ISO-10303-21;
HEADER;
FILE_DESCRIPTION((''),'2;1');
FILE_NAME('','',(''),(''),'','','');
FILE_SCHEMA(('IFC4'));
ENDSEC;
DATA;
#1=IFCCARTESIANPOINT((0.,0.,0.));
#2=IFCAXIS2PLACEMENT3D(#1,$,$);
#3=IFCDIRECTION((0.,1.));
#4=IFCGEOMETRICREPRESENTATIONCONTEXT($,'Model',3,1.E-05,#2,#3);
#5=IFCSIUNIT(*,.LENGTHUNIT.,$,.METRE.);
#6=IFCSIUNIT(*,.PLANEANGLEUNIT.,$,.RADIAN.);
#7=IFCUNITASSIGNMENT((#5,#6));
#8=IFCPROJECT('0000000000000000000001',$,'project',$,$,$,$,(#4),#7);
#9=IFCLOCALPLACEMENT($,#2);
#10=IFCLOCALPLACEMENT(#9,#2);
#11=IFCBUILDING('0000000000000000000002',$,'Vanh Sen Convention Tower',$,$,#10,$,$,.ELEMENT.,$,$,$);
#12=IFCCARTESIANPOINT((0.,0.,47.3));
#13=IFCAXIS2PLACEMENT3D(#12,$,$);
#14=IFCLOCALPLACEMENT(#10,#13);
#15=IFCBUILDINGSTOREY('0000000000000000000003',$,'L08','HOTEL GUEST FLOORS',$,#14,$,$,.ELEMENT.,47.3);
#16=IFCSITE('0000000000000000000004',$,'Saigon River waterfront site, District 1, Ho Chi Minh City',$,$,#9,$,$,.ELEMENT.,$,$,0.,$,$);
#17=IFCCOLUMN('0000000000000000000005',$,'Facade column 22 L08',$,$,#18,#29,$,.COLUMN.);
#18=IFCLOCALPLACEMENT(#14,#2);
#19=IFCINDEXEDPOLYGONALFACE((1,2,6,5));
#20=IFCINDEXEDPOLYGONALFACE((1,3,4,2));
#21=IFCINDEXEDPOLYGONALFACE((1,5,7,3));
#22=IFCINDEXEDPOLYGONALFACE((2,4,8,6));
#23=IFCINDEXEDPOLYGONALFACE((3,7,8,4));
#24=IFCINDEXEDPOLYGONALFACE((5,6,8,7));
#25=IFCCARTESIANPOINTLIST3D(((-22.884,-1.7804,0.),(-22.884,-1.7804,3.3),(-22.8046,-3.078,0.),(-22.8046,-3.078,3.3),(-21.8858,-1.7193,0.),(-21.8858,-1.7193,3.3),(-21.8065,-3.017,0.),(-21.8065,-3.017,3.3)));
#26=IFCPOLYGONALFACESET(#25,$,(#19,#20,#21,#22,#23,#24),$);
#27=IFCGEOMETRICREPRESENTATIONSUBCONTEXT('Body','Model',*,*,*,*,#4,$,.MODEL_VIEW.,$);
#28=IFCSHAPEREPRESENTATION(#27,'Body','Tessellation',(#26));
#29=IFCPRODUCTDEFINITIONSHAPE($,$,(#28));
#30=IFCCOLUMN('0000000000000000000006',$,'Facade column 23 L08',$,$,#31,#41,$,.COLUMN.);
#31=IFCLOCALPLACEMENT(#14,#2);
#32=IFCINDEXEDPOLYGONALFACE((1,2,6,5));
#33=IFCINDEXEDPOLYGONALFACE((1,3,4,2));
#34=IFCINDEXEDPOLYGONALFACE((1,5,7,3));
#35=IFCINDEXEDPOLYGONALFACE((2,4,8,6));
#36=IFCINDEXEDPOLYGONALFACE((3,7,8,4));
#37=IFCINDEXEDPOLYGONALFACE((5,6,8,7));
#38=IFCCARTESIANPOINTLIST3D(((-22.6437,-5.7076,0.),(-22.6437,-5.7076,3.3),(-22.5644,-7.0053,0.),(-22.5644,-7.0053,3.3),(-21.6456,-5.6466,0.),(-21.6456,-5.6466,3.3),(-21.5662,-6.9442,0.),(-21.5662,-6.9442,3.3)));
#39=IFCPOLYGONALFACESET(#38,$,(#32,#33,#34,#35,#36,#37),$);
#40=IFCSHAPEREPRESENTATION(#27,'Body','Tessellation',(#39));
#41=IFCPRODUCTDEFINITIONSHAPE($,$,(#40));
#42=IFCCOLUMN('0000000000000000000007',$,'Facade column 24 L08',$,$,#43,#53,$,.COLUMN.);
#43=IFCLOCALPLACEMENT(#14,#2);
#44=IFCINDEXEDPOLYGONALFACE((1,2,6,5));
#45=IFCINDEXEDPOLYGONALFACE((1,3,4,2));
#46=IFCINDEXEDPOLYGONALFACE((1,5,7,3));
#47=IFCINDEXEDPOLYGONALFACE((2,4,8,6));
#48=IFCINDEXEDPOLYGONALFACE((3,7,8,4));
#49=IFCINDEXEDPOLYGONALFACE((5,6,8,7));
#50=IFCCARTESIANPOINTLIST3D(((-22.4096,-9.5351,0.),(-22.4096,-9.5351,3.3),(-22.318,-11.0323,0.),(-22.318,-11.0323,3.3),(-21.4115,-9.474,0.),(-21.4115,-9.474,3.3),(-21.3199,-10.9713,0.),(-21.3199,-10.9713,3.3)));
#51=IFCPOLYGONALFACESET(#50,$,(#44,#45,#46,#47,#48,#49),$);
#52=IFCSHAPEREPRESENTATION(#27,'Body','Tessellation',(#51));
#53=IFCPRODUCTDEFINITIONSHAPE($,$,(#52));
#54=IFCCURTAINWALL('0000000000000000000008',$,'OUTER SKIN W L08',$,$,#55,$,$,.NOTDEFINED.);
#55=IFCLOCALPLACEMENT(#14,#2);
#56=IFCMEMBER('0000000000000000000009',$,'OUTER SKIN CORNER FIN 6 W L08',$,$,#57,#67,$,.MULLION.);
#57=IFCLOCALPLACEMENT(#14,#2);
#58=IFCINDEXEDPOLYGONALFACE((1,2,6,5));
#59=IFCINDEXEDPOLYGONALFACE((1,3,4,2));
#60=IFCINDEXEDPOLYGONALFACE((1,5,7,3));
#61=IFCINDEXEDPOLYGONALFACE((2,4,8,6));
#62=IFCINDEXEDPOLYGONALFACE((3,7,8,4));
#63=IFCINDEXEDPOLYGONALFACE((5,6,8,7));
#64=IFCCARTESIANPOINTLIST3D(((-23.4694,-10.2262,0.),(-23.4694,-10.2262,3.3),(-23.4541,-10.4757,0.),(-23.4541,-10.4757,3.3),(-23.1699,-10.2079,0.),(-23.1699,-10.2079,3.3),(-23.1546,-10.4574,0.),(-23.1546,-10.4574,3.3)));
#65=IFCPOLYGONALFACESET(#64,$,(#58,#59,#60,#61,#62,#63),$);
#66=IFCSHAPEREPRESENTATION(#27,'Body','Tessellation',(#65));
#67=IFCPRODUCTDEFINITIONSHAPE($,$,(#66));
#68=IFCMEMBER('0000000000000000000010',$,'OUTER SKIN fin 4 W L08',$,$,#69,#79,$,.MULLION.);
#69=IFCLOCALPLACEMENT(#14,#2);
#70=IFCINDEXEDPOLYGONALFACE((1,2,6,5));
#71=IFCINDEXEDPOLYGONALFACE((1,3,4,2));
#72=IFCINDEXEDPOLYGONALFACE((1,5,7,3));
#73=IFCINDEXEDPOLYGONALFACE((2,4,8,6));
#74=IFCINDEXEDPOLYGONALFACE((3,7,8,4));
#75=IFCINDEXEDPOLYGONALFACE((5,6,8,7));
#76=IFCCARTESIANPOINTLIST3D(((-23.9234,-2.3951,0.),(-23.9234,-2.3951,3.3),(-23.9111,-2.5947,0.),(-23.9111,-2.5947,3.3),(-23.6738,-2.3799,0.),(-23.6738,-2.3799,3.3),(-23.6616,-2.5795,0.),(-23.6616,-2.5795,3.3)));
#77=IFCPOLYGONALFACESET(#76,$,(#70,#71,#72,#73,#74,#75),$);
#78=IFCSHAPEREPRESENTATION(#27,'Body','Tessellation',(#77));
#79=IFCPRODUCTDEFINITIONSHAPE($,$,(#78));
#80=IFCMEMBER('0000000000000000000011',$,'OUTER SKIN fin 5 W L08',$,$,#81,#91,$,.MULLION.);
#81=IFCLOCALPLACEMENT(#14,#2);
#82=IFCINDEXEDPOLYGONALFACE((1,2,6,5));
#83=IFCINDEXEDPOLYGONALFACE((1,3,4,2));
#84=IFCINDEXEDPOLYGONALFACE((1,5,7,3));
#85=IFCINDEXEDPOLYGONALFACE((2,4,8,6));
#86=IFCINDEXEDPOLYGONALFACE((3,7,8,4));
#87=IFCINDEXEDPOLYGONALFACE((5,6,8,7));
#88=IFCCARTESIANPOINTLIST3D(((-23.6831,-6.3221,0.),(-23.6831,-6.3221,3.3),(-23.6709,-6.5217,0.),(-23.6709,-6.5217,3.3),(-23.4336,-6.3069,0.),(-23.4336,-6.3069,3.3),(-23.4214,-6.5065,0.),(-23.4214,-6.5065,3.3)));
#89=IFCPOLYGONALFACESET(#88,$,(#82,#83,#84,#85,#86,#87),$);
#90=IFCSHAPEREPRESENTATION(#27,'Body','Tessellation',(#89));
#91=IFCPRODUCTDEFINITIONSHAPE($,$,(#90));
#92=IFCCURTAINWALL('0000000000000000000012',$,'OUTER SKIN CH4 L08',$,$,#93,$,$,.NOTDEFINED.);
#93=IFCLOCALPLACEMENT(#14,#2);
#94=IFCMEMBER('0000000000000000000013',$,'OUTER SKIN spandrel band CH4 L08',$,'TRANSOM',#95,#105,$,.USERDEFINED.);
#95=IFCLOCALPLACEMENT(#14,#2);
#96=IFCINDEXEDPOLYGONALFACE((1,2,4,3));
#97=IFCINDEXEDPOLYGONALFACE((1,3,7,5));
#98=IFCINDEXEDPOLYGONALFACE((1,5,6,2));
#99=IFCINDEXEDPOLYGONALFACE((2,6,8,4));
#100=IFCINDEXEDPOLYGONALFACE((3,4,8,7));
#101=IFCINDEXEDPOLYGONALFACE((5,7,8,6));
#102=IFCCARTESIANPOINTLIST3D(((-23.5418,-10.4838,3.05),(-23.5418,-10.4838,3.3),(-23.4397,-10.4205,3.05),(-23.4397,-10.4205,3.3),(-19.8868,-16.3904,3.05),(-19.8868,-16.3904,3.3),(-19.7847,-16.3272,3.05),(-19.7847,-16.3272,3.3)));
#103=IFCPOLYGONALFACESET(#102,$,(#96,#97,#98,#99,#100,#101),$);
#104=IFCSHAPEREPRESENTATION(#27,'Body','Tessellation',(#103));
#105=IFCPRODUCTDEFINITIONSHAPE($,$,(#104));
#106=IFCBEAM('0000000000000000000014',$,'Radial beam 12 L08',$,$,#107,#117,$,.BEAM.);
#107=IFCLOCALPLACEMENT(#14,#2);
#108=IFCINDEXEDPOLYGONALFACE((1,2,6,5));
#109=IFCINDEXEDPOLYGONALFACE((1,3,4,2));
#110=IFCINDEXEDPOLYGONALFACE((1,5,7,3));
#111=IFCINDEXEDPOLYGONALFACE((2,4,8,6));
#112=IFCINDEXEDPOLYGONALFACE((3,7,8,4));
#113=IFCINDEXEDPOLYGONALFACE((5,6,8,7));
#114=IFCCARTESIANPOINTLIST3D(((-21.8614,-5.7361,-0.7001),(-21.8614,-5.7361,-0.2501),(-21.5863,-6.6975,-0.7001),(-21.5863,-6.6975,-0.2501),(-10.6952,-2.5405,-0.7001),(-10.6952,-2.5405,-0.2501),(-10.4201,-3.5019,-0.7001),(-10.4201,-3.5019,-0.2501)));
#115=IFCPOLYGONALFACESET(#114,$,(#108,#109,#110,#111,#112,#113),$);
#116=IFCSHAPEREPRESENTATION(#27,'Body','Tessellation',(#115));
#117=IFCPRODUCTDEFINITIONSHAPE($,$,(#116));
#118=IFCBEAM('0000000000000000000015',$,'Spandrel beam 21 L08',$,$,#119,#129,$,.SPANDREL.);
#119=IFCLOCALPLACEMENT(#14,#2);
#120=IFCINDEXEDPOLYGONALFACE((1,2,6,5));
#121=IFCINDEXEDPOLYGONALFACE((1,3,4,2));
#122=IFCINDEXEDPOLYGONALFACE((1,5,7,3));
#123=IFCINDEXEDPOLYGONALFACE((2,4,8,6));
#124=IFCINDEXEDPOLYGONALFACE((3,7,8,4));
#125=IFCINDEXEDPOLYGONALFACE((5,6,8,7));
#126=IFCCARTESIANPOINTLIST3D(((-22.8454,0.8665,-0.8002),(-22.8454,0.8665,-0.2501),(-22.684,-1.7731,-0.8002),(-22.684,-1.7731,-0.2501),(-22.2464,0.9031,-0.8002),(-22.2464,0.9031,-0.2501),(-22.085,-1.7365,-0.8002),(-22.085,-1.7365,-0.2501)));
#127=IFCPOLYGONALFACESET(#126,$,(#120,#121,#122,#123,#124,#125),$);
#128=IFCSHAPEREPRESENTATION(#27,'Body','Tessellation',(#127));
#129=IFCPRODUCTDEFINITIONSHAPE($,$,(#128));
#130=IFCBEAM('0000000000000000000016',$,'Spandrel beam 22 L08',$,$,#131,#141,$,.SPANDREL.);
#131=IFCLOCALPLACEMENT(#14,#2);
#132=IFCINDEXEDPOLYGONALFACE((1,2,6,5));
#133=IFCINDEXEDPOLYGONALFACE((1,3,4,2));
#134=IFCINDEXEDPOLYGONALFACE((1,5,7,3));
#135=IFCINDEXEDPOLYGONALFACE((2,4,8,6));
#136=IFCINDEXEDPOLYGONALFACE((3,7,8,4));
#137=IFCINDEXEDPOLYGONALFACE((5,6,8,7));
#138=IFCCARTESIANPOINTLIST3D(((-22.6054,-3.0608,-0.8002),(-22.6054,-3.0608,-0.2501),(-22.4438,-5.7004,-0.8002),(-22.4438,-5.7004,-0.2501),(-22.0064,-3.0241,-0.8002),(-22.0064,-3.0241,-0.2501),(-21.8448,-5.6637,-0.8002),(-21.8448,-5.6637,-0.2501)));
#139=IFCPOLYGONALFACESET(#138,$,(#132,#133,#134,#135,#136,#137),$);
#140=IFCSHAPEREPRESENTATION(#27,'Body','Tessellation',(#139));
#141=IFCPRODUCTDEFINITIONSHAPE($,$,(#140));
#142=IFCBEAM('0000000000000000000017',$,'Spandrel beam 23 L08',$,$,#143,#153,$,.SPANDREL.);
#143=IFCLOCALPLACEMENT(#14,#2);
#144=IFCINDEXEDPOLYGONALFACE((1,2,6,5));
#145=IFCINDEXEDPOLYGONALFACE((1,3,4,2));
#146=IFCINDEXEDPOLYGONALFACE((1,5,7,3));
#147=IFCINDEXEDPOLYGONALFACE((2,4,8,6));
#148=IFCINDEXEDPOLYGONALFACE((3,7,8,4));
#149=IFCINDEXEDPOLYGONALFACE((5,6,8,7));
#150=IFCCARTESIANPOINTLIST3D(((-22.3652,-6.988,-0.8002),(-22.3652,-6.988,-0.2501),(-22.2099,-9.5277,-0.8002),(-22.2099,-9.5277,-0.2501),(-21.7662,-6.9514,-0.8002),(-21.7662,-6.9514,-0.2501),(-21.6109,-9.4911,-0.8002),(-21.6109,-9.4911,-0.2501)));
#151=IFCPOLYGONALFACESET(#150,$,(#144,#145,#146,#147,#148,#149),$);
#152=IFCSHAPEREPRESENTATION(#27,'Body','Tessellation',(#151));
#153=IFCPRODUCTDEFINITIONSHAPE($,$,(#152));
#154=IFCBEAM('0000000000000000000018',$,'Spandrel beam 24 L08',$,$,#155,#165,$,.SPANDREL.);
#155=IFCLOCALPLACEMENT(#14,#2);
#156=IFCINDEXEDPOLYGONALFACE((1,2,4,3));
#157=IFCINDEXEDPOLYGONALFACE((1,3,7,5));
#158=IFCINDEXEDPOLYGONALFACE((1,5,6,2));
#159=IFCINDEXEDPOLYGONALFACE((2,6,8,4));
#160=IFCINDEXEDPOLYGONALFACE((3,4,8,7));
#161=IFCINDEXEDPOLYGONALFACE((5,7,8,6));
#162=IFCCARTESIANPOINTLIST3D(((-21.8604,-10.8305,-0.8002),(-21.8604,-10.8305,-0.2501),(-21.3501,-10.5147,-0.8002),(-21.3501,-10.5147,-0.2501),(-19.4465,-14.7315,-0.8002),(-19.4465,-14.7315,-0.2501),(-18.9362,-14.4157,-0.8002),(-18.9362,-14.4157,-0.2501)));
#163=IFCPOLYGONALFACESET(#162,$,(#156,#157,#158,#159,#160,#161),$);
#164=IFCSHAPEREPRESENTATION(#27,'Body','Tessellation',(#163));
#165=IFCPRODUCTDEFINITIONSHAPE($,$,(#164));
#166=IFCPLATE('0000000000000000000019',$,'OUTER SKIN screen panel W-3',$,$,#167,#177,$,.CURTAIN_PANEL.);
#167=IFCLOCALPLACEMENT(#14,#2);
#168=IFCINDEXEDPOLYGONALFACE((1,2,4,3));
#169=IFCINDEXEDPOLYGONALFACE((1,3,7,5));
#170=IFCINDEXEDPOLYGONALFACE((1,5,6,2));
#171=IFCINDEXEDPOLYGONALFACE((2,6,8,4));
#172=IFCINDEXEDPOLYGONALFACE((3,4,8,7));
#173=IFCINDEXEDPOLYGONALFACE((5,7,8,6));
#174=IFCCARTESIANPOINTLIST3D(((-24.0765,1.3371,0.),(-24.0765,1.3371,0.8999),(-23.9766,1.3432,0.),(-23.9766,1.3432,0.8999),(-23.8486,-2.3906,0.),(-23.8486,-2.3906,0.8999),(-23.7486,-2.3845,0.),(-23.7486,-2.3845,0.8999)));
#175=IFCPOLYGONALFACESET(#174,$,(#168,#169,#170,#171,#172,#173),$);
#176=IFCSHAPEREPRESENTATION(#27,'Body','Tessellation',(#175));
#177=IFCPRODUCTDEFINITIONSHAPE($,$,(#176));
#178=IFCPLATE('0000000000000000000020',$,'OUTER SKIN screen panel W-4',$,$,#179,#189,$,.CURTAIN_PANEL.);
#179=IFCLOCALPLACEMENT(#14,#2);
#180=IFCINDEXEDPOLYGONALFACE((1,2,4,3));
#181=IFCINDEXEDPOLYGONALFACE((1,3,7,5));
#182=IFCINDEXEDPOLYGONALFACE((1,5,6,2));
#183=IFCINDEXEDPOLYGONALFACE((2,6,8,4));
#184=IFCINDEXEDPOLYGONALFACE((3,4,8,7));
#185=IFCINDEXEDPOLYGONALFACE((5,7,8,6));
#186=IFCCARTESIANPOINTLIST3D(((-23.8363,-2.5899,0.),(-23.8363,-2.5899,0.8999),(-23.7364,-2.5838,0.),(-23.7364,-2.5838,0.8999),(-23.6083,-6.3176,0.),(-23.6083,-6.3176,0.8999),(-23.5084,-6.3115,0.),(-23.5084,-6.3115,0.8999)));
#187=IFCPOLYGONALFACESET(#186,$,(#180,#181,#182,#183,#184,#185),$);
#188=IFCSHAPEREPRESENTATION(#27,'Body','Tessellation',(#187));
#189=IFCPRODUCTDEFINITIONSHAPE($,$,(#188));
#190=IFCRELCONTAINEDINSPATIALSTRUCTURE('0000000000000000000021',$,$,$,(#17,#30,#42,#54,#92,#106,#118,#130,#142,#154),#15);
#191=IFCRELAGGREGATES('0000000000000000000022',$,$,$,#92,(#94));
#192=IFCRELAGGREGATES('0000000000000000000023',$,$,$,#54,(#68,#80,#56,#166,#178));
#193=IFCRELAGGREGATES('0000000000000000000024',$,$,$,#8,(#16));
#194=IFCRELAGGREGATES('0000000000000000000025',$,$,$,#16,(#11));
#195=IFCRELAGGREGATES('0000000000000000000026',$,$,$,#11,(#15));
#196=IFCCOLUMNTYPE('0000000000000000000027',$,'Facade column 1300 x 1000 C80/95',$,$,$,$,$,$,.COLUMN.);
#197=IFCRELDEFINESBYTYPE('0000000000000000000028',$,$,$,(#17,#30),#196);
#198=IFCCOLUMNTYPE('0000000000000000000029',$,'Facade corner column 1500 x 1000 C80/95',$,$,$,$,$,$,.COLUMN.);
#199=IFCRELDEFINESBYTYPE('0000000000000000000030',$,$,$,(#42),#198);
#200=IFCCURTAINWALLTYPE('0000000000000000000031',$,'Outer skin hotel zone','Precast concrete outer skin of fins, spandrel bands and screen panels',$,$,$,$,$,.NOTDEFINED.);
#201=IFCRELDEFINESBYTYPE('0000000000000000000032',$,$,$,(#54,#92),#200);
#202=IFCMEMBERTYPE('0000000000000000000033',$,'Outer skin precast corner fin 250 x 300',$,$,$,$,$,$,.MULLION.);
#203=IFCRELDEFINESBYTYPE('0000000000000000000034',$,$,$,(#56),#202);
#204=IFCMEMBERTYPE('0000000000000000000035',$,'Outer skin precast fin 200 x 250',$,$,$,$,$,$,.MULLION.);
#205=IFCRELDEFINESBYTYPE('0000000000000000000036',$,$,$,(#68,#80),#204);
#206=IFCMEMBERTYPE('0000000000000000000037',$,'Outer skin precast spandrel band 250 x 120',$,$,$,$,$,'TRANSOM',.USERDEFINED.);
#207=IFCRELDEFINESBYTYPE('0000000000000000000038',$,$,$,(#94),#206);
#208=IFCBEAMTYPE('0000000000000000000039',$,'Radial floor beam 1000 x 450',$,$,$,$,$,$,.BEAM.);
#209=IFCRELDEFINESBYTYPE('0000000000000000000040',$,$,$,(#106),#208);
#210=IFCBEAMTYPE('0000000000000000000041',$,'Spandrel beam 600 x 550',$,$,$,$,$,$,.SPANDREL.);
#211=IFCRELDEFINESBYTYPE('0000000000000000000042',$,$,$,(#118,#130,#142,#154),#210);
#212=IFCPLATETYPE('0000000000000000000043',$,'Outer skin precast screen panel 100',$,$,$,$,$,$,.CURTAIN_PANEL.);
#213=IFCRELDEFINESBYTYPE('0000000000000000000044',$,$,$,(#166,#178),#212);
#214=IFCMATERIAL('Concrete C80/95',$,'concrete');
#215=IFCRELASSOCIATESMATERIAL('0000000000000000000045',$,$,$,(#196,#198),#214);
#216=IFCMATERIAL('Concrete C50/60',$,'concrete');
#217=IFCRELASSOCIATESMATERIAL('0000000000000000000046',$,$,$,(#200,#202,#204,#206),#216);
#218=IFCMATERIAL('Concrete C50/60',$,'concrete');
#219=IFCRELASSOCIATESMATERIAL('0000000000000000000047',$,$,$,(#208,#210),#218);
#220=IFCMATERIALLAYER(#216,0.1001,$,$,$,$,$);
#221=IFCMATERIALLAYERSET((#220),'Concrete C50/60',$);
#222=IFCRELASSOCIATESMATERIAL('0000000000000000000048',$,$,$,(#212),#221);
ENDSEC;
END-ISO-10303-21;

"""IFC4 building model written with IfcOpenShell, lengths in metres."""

from ifc_helpers import new_model, si_unit, direction, frame, origin, origin_2d, place, context, subcontext, project, spatial, rectangle, extrude, material, layer, layer_set, material_profile, profile_set, type_object, element, aggregate, save


model = new_model("IFC4")

# Units and contexts
model_context = context("Model", 3, precision=1e-05, world=origin(), true_north=direction((0.0, 1.0)))
body_context = subcontext(model_context, "Body", "Model", "MODEL_VIEW")
ifc_project = project(units=[si_unit("LENGTHUNIT", "METRE"), si_unit("PLANEANGLEUNIT", "RADIAN")], contexts=[model_context])

# Site, building, storey
site_placement = place(None, origin())
site = spatial("IfcSite", under=ifc_project, at=site_placement, Name="Saigon River waterfront site, District 1, Ho Chi Minh City", CompositionType="ELEMENT", RefElevation=0.0)
building_placement = place(site_placement, origin())
building = spatial("IfcBuilding", under=site, at=building_placement, Name="Vanh Sen Convention Tower", CompositionType="ELEMENT")
storey_placement = place(building_placement, frame((0.0, 0.0, 47.3)))
storey = spatial("IfcBuildingStorey", under=building, at=storey_placement, Name="L08", Description="HOTEL GUEST FLOORS", CompositionType="ELEMENT", Elevation=47.3)

# Columns
ifc_material_1 = material(Name="Concrete C80/95", Category="concrete")
ifc_material_profile_1 = material_profile(ifc_material_1, rectangle(XDim=1.3, YDim=1.0, at=origin_2d()), Name="RC 1300X1000")
ifc_profile_set_1 = profile_set([ifc_material_profile_1], Name="Concrete C80/95")
column_type_1 = type_object("IfcColumnType", Name="Facade column 1300 x 1000 C80/95", PredefinedType="COLUMN", material=ifc_profile_set_1)
for number, where, z_axis, x_axis, name in (
    (1, (-22.3452, -2.3987, 0.0), (0.0, 0.0, 1.0), (0.061049, -0.998135, 0.0), "Facade column 22 L08"),
    (2, (-22.105, -6.3259, 0.0), (0.0, 0.0, 1.0), (0.061049, -0.998135, 0.0), "Facade column 23 L08"),
):
    element("IfcColumn", number, at=place(storey_placement, frame(where, z_axis=z_axis, x_axis=x_axis)), inside=storey, type_object=column_type_1, Name=name, PredefinedType="COLUMN", context=body_context, shape_type="SweptSolid", body=[
        extrude(rectangle(XDim=1.3, YDim=1.0, at=origin_2d()), origin(), (0.0, 0.0, 1.0), 3.3),
    ])
ifc_material_profile_2 = material_profile(ifc_material_1, rectangle(XDim=1.5, YDim=1.0, at=origin_2d()), Name="RC 1500X1000")
ifc_profile_set_2 = profile_set([ifc_material_profile_2], Name="Concrete C80/95")
column_type_2 = type_object("IfcColumnType", Name="Facade corner column 1500 x 1000 C80/95", PredefinedType="COLUMN", material=ifc_profile_set_2)
column_placement = place(storey_placement, frame((-21.8647, -10.2532, 0.0), z_axis=(0.0, 0.0, 1.0), x_axis=(0.061049, -0.998135, 0.0)))
element("IfcColumn", 3, at=column_placement, inside=storey, type_object=column_type_2, Name="Facade column 24 L08", PredefinedType="COLUMN", context=body_context, shape_type="SweptSolid", body=[
    extrude(rectangle(XDim=1.5, YDim=1.0, at=origin_2d()), origin(), (0.0, 0.0, 1.0), 3.3),
])

# Curtain wall, members
ifc_material_2 = material(Name="Concrete C50/60", Category="concrete")
curtain_wall_type = type_object("IfcCurtainWallType", Name="Outer skin hotel zone", Description="Precast concrete outer skin of fins, spandrel bands and screen panels", PredefinedType="NOTDEFINED", material=ifc_material_2)
curtain_wall_1_placement = place(storey_placement, origin())
curtain_wall_1 = element("IfcCurtainWall", 4, at=curtain_wall_1_placement, inside=storey, type_object=curtain_wall_type, Name="OUTER SKIN W L08", PredefinedType="NOTDEFINED")
ifc_material_profile_3 = material_profile(ifc_material_2, rectangle(XDim=0.25, YDim=0.3, at=origin_2d()), Name="Outer skin precast corner fin 250 x 300")
ifc_profile_set_3 = profile_set([ifc_material_profile_3], Name="Concrete C50/60")
member_type_1 = type_object("IfcMemberType", Name="Outer skin precast corner fin 250 x 300", PredefinedType="MULLION", material=ifc_profile_set_3)
member_1_placement = place(storey_placement, frame((-23.312, -10.3418, 0.0), z_axis=(0.0, 0.0, 1.0), x_axis=(0.061049, -0.998135, 0.0)))
member_1 = element("IfcMember", 5, at=member_1_placement, type_object=member_type_1, Name="OUTER SKIN CORNER FIN 6 W L08", PredefinedType="MULLION", context=body_context, shape_type="SweptSolid", body=[
    extrude(rectangle(XDim=0.25, YDim=0.3, at=origin_2d()), origin(), (0.0, 0.0, 1.0), 3.3),
])
ifc_material_profile_4 = material_profile(ifc_material_2, rectangle(XDim=0.2, YDim=0.25, at=origin_2d()), Name="Outer skin precast fin 200 x 250")
ifc_profile_set_4 = profile_set([ifc_material_profile_4], Name="Concrete C50/60")
member_type_2 = type_object("IfcMemberType", Name="Outer skin precast fin 200 x 250", PredefinedType="MULLION", material=ifc_profile_set_4)
member_2_placement = place(storey_placement, frame((-23.7925, -2.4873, 0.0), z_axis=(0.0, 0.0, 1.0), x_axis=(0.061049, -0.998135, 0.0)))
member_2 = element("IfcMember", 6, at=member_2_placement, type_object=member_type_2, Name="OUTER SKIN fin 4 W L08", PredefinedType="MULLION", context=body_context, shape_type="SweptSolid", body=[
    extrude(rectangle(XDim=0.2, YDim=0.25, at=origin_2d()), origin(), (0.0, 0.0, 1.0), 3.3),
])
member_3_placement = place(storey_placement, frame((-23.5522, -6.4143, 0.0), z_axis=(0.0, 0.0, 1.0), x_axis=(0.061049, -0.998135, 0.0)))
member_3 = element("IfcMember", 7, at=member_3_placement, type_object=member_type_2, Name="OUTER SKIN fin 5 W L08", PredefinedType="MULLION", context=body_context, shape_type="SweptSolid", body=[
    extrude(rectangle(XDim=0.2, YDim=0.25, at=origin_2d()), origin(), (0.0, 0.0, 1.0), 3.3),
])

# Curtain wall, member
curtain_wall_2_placement = place(storey_placement, origin())
curtain_wall_2 = element("IfcCurtainWall", 8, at=curtain_wall_2_placement, inside=storey, type_object=curtain_wall_type, Name="OUTER SKIN CH4 L08", PredefinedType="NOTDEFINED")
ifc_material_profile_5 = material_profile(ifc_material_2, rectangle(XDim=0.1201, YDim=0.25, at=origin_2d()), Name="Outer skin precast spandrel band 250 x 120")
ifc_profile_set_5 = profile_set([ifc_material_profile_5], Name="Concrete C50/60")
member_type_3 = type_object("IfcMemberType", Name="Outer skin precast spandrel band 250 x 120", ElementType="TRANSOM", PredefinedType="USERDEFINED", material=ifc_profile_set_5)
member_4_placement = place(storey_placement, frame((-23.4907, -10.4521, 3.175), z_axis=(0.526196, -0.850363, 0.0), x_axis=(0.850363, 0.526196, 0.0)))
member_4 = element("IfcMember", 9, at=member_4_placement, type_object=member_type_3, Name="OUTER SKIN spandrel band CH4 L08", ObjectType="TRANSOM", PredefinedType="USERDEFINED", context=body_context, shape_type="SweptSolid", body=[
    extrude(rectangle(XDim=0.1201, YDim=0.25, at=origin_2d()), origin(), (0.0, 0.0, 1.0), 6.946),
])
aggregate(curtain_wall_2, [member_4])

# Beams
ifc_material_3 = material(Name="Concrete C50/60", Category="concrete")
ifc_material_profile_6 = material_profile(ifc_material_3, rectangle(XDim=1.0, YDim=0.45, at=origin_2d()), Name="RC 1000X450")
ifc_profile_set_6 = profile_set([ifc_material_profile_6], Name="Concrete C50/60")
beam_type_1 = type_object("IfcBeamType", Name="Radial floor beam 1000 x 450", PredefinedType="BEAM", material=ifc_profile_set_6)
beam_1_placement = place(storey_placement, frame((-21.7239, -6.2168, -0.4751), z_axis=(0.961406, 0.275135, 0.0), x_axis=(-0.275135, 0.961406, 0.0)))
element("IfcBeam", 10, at=beam_1_placement, inside=storey, type_object=beam_type_1, Name="Radial beam 12 L08", PredefinedType="BEAM", context=body_context, shape_type="SweptSolid", body=[
    extrude(rectangle(XDim=1.0, YDim=0.45, at=origin_2d()), origin(), (0.0, 0.0, 1.0), 11.6145),
])
ifc_material_profile_7 = material_profile(ifc_material_3, rectangle(XDim=0.6001, YDim=0.55, at=origin_2d()), Name="RC 600X550")
ifc_profile_set_7 = profile_set([ifc_material_profile_7], Name="Concrete C50/60")
beam_type_2 = type_object("IfcBeamType", Name="Spandrel beam 600 x 550", PredefinedType="SPANDREL", material=ifc_profile_set_7)
for number, where, z_axis, x_axis, name in (
    (11, (-22.5459, 0.8848, -0.5251), (0.061022, -0.998136, 0.0), (0.998136, 0.061022, 0.0), "Spandrel beam 21 L08"),
    (12, (-22.3059, -3.0425, -0.5251), (0.061114, -0.998131, 0.0), (0.998131, 0.061114, 0.0), "Spandrel beam 22 L08"),
):
    element("IfcBeam", number, at=place(storey_placement, frame(where, z_axis=z_axis, x_axis=x_axis)), inside=storey, type_object=beam_type_2, Name=name, PredefinedType="SPANDREL", context=body_context, shape_type="SweptSolid", body=[
        extrude(rectangle(XDim=0.6001, YDim=0.55, at=origin_2d()), origin(), (0.0, 0.0, 1.0), 2.6445),
    ])
beam_2_placement = place(storey_placement, frame((-22.0657, -6.9697, -0.5251), z_axis=(0.061022, -0.998136, 0.0), x_axis=(0.998136, 0.061022, 0.0)))
element("IfcBeam", 13, at=beam_2_placement, inside=storey, type_object=beam_type_2, Name="Spandrel beam 23 L08", PredefinedType="SPANDREL", context=body_context, shape_type="SweptSolid", body=[
    extrude(rectangle(XDim=0.6001, YDim=0.55, at=origin_2d()), origin(), (0.0, 0.0, 1.0), 2.5444),
])
beam_3_placement = place(storey_placement, frame((-21.6052, -10.6726, -0.5251), z_axis=(0.526195, -0.850364, 0.0), x_axis=(0.850364, 0.526195, 0.0)))
element("IfcBeam", 14, at=beam_3_placement, inside=storey, type_object=beam_type_2, Name="Spandrel beam 24 L08", PredefinedType="SPANDREL", context=body_context, shape_type="SweptSolid", body=[
    extrude(rectangle(XDim=0.6001, YDim=0.55, at=origin_2d()), origin(), (0.0, 0.0, 1.0), 4.5874),
])

# Plates
ifc_layer_1 = layer(ifc_material_2, 0.1001)
ifc_layer_set_1 = layer_set([ifc_layer_1], Name="Concrete C50/60")
plate_type = type_object("IfcPlateType", Name="Outer skin precast screen panel 100", PredefinedType="CURTAIN_PANEL", material=ifc_layer_set_1)
plate_1_placement = place(storey_placement, frame((-23.9126, -0.5237, 0.0), z_axis=(0.0, 0.0, 1.0), x_axis=(0.061047, -0.998135, 0.0)))
plate_1 = element("IfcPlate", 15, at=plate_1_placement, type_object=plate_type, Name="OUTER SKIN screen panel W-3", PredefinedType="CURTAIN_PANEL", context=body_context, shape_type="SweptSolid", body=[
    extrude(rectangle(XDim=3.7346, YDim=0.1001, at=origin_2d()), origin(), (0.0, 0.0, 1.0), 0.8999),
])
plate_2_placement = place(storey_placement, frame((-23.6724, -4.4507, 0.0), z_axis=(0.0, 0.0, 1.0), x_axis=(0.061049, -0.998135, 0.0)))
plate_2 = element("IfcPlate", 16, at=plate_2_placement, type_object=plate_type, Name="OUTER SKIN screen panel W-4", PredefinedType="CURTAIN_PANEL", context=body_context, shape_type="SweptSolid", body=[
    extrude(rectangle(XDim=3.7346, YDim=0.1001, at=origin_2d()), origin(), (0.0, 0.0, 1.0), 0.8999),
])
aggregate(curtain_wall_1, [member_2, member_3, member_1, plate_1, plate_2])

save(model, "model.ifc")
